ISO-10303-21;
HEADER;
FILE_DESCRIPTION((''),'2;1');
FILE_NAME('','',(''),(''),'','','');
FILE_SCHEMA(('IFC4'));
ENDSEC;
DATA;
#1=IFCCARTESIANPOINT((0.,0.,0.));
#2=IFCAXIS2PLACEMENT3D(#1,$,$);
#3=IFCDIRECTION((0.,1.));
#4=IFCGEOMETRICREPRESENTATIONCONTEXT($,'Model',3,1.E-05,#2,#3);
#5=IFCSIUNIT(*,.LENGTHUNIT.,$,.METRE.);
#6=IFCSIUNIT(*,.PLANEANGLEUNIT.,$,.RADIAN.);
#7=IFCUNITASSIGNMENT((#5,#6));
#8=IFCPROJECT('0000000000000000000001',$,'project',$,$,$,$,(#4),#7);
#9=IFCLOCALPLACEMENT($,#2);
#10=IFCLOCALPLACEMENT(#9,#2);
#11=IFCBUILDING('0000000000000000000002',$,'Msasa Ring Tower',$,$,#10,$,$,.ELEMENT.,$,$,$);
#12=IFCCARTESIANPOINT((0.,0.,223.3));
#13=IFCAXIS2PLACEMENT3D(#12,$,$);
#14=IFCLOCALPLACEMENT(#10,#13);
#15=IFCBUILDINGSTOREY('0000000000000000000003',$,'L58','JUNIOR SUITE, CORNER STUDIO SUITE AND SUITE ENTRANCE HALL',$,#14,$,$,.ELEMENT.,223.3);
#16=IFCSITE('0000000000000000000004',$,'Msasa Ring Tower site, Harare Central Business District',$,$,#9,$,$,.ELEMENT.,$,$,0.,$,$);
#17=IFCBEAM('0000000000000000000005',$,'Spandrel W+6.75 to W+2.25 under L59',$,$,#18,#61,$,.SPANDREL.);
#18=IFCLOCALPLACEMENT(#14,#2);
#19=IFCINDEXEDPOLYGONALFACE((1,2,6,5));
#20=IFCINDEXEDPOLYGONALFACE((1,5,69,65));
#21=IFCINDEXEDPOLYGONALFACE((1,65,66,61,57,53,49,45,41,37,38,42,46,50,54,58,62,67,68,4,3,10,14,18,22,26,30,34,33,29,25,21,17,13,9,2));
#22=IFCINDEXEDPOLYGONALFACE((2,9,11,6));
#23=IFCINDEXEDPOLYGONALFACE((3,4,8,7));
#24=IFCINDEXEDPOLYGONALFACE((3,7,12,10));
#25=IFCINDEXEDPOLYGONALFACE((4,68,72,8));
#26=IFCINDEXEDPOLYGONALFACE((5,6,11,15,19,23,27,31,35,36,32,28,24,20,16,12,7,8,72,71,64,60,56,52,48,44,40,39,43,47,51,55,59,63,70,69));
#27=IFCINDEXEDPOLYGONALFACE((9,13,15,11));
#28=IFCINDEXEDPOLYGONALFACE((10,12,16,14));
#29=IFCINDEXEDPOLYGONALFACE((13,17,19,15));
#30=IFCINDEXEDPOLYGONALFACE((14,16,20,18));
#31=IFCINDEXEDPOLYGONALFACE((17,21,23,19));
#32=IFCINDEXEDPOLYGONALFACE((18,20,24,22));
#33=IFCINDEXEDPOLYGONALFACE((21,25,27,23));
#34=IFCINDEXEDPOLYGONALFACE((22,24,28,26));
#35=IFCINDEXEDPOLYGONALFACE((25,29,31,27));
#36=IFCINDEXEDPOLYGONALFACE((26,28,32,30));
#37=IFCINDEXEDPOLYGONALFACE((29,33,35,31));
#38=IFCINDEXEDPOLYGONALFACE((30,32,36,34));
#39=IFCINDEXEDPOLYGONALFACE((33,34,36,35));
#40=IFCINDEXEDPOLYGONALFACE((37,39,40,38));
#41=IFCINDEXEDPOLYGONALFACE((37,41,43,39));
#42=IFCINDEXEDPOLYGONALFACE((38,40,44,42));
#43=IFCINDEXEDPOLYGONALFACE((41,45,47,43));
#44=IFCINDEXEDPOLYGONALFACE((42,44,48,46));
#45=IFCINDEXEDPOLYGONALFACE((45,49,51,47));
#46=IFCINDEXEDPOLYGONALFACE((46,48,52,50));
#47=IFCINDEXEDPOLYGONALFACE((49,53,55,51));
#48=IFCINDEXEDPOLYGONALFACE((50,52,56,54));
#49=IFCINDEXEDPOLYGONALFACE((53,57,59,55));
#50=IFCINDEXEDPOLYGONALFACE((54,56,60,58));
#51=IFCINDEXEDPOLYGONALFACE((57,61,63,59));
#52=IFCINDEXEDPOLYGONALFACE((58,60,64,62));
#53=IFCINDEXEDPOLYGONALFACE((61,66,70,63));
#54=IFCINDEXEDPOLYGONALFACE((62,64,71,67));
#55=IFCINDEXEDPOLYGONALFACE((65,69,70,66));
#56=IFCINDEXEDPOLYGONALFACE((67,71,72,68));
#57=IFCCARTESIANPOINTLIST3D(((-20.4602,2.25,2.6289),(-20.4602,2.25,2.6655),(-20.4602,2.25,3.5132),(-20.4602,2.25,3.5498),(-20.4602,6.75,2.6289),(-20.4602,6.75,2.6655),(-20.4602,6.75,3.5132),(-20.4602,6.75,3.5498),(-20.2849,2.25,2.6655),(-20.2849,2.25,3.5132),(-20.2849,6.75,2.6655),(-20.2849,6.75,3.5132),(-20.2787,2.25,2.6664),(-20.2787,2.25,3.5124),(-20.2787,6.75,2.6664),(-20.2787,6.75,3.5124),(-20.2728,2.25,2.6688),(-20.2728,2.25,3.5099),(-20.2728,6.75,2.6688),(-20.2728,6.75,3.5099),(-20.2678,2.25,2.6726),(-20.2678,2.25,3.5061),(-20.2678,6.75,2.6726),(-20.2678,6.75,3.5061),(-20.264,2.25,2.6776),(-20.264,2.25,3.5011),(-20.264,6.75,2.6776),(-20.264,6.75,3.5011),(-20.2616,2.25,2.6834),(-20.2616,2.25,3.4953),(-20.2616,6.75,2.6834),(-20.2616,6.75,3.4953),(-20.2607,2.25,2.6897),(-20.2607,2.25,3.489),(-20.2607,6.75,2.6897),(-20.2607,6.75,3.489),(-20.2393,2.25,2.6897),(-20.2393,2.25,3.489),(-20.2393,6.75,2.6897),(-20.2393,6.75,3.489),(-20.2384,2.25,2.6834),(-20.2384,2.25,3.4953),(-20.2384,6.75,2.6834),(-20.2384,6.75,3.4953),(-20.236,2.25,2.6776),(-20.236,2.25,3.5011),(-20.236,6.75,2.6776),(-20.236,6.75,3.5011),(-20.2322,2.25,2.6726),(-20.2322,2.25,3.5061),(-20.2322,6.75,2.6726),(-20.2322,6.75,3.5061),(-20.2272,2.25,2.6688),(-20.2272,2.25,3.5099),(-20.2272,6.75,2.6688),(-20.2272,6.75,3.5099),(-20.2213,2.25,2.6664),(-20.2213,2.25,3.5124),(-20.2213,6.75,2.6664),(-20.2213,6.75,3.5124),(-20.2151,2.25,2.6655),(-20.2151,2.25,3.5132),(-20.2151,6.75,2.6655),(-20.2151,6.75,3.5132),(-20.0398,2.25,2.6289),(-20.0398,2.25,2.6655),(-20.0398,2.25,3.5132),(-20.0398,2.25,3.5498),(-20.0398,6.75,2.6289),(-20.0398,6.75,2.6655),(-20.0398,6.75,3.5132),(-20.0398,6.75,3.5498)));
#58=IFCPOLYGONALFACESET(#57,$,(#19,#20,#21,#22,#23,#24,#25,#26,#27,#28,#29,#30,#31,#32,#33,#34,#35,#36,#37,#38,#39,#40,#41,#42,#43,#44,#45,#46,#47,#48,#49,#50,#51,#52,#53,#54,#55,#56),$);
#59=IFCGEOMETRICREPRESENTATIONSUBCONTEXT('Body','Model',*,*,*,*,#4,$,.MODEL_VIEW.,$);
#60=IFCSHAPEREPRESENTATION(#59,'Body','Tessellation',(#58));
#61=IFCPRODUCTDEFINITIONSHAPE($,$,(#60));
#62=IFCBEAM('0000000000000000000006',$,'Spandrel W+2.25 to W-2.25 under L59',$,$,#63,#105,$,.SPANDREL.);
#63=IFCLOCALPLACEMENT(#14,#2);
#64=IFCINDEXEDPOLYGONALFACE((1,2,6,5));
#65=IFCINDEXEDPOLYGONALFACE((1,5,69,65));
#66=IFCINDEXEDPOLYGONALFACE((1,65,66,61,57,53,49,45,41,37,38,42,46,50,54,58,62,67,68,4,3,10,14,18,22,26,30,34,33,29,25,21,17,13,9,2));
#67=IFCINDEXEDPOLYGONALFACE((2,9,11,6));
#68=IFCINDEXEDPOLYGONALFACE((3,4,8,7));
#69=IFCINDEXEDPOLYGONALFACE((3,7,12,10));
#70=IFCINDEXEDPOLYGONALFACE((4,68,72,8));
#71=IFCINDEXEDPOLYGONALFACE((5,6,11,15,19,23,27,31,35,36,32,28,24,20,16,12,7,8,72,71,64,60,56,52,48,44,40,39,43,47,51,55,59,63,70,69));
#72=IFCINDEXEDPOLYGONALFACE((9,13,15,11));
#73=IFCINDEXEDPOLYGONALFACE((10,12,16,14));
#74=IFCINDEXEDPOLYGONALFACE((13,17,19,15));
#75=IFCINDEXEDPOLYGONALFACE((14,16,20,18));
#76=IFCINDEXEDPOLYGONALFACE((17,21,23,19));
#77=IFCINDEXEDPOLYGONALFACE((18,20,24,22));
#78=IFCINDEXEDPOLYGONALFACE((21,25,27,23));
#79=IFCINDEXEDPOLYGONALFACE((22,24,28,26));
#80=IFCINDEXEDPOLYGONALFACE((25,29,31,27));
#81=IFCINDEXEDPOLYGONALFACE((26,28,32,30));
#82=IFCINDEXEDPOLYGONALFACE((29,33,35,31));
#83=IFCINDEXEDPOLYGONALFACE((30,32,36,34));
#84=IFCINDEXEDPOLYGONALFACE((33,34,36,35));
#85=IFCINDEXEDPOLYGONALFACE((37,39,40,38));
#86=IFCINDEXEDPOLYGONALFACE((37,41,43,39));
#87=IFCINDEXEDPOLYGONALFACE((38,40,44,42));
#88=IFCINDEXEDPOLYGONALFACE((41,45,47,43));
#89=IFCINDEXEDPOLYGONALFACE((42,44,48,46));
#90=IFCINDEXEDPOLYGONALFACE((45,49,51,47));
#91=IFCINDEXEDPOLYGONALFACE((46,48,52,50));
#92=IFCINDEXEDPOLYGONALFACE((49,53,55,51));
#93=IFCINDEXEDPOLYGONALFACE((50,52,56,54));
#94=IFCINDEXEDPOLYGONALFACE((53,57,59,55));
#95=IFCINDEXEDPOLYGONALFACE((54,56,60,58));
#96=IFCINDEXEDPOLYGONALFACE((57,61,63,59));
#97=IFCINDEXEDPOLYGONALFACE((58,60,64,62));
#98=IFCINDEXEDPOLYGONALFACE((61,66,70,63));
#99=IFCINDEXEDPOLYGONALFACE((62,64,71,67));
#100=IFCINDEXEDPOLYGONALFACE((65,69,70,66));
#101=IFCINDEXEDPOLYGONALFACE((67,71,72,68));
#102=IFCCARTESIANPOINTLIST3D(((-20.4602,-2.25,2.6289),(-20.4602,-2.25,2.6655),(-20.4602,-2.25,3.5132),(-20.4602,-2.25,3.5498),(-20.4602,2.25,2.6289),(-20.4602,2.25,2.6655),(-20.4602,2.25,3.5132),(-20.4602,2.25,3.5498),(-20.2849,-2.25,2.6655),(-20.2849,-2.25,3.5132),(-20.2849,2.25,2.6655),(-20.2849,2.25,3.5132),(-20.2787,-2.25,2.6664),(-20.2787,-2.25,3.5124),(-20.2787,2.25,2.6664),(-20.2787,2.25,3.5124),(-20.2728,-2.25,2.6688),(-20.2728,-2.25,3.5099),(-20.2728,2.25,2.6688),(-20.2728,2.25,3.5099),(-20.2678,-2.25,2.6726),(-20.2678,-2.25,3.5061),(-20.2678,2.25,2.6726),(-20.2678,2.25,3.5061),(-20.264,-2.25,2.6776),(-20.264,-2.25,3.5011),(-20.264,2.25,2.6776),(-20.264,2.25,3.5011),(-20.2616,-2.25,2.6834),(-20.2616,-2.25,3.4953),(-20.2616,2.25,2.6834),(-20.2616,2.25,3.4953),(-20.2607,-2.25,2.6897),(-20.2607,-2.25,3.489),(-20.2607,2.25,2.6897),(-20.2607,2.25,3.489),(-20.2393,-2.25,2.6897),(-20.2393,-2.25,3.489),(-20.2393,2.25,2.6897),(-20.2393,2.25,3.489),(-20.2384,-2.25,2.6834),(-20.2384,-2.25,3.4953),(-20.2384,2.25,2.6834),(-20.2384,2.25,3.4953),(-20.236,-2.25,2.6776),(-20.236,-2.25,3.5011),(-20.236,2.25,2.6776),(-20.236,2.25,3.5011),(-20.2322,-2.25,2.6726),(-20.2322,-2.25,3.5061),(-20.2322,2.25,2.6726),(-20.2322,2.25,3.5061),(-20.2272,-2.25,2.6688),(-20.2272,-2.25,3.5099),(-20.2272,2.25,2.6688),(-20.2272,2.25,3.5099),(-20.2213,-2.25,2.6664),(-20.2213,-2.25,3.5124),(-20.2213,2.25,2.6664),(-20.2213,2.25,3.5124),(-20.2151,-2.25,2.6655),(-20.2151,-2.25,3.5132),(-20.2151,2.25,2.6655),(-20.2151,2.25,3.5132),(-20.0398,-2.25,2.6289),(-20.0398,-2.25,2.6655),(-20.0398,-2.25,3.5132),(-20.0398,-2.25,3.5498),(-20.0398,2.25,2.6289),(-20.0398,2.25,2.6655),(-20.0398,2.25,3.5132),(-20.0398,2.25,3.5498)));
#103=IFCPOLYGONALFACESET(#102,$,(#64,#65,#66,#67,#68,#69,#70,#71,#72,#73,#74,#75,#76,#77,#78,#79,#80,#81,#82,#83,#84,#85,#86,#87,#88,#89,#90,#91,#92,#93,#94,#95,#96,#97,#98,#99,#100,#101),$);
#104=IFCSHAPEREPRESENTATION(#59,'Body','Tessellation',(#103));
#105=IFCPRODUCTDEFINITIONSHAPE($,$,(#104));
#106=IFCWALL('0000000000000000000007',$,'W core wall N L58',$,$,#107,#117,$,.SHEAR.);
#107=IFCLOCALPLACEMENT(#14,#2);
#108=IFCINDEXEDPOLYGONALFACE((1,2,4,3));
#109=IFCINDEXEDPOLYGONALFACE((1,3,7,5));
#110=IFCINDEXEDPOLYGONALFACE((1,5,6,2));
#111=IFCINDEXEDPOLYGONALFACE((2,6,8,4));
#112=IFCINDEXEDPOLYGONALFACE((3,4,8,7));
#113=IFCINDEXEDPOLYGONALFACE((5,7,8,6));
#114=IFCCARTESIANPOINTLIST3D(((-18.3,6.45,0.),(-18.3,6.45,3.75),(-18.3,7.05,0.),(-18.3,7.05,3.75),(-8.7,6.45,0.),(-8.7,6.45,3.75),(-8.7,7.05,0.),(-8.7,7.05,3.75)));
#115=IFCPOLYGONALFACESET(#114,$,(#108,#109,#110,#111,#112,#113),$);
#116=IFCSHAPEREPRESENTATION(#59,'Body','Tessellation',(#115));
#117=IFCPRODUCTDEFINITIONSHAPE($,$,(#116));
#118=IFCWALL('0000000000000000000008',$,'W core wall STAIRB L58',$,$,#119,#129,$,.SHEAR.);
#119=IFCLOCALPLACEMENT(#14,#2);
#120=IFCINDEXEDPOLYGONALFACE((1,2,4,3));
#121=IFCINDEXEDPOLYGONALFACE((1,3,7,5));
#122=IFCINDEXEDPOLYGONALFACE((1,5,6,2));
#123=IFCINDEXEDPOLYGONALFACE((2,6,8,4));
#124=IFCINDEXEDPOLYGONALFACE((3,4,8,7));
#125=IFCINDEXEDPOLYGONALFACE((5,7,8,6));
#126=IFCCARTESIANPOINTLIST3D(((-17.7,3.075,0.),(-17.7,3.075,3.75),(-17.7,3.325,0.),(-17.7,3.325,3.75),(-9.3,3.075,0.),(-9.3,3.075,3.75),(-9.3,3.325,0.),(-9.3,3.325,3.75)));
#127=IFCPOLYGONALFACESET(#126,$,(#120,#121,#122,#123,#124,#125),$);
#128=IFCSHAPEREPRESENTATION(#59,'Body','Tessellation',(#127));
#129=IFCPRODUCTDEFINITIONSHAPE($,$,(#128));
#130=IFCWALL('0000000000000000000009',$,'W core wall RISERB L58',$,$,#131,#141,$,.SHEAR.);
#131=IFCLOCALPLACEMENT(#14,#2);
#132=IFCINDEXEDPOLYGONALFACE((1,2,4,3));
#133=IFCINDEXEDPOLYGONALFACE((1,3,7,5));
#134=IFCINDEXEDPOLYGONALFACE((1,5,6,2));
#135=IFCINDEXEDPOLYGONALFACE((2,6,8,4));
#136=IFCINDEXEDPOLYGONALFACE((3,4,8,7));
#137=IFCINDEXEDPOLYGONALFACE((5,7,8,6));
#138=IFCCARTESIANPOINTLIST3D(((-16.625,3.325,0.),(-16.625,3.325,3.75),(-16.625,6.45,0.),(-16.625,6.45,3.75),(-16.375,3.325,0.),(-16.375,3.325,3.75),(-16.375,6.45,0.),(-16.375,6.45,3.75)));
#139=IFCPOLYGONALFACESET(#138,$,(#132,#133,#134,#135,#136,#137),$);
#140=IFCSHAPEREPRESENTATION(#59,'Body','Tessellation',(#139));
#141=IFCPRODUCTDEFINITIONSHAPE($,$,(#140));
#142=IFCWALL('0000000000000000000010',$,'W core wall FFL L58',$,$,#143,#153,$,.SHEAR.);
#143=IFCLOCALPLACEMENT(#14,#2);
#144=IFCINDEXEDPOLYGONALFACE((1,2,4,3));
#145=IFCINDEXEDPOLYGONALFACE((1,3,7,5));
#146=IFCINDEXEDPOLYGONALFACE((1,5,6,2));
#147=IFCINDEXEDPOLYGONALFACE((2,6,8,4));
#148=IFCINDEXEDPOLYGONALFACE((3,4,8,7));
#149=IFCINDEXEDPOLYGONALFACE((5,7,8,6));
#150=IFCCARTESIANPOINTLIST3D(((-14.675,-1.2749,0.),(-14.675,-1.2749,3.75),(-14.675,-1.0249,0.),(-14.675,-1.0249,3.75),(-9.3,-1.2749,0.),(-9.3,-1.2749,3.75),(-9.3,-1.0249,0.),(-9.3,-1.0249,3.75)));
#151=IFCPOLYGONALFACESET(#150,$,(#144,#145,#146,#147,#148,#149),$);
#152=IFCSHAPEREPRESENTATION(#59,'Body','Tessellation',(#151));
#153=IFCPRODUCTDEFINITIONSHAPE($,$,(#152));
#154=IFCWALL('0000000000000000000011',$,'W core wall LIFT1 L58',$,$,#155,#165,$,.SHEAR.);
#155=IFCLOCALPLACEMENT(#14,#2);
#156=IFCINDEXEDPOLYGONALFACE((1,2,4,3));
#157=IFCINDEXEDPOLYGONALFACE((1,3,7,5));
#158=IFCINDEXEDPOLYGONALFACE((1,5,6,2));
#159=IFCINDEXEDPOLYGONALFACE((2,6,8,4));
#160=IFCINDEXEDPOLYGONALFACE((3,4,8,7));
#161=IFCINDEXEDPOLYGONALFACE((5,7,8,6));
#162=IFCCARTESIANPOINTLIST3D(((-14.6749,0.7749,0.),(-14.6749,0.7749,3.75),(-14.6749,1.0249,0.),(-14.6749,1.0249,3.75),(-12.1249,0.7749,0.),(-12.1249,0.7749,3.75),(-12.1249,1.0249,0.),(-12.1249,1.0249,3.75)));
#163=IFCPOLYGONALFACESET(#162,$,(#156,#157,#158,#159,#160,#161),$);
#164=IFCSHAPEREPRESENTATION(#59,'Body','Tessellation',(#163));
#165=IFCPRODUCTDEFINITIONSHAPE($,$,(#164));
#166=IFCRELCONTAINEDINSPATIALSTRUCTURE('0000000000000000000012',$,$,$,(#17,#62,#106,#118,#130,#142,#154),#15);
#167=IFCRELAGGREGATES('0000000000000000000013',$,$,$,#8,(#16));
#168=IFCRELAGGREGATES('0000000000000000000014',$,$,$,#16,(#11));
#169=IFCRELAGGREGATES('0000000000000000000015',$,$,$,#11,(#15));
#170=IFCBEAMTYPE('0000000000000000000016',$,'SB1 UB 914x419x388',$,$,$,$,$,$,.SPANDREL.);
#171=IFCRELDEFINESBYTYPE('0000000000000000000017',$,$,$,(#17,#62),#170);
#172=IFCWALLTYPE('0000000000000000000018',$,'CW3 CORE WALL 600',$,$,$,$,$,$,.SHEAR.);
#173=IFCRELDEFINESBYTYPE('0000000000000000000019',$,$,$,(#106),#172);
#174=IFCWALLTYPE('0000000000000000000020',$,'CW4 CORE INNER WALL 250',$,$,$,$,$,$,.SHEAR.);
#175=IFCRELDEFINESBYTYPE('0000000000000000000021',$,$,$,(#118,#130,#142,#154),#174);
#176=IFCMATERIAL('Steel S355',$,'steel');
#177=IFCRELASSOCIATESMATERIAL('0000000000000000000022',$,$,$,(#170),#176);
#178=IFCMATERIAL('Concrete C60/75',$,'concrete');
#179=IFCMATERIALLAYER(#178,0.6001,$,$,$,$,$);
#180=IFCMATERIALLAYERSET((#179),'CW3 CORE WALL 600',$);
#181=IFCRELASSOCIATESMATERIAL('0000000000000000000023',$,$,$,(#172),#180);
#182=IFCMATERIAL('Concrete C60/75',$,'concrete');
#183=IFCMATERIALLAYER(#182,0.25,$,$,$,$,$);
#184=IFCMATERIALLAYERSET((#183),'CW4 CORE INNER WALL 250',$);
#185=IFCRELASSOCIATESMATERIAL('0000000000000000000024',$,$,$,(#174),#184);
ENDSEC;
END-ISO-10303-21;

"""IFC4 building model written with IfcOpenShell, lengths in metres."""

from ifc_helpers import new_model, si_unit, direction, frame, frame_2d, origin, origin_2d, place, context, subcontext, project, spatial, rectangle, i_section, extrude, material, layer, layer_set, material_profile, profile_set, type_object, element, save


model = new_model("IFC4")

# Units and contexts
model_context = context("Model", 3, precision=1e-05, world=origin(), true_north=direction((0.0, 1.0)))
body_context = subcontext(model_context, "Body", "Model", "MODEL_VIEW")
ifc_project = project(units=[si_unit("LENGTHUNIT", "METRE"), si_unit("PLANEANGLEUNIT", "RADIAN")], contexts=[model_context])

# Site, building, storey
site_placement = place(None, origin())
site = spatial("IfcSite", under=ifc_project, at=site_placement, Name="Msasa Ring Tower site, Harare Central Business District", CompositionType="ELEMENT", RefElevation=0.0)
building_placement = place(site_placement, origin())
building = spatial("IfcBuilding", under=site, at=building_placement, Name="Msasa Ring Tower", CompositionType="ELEMENT")
storey_placement = place(building_placement, frame((0.0, 0.0, 223.3)))
storey = spatial("IfcBuildingStorey", under=building, at=storey_placement, Name="L58", Description="JUNIOR SUITE, CORNER STUDIO SUITE AND SUITE ENTRANCE HALL", CompositionType="ELEMENT", Elevation=223.3)

# Beams
ifc_material_1 = material(Name="Steel S355", Category="steel")
ifc_material_profile_1 = material_profile(ifc_material_1, i_section(OverallWidth=0.4204, OverallDepth=0.9209, WebThickness=0.0215, FlangeThickness=0.0366, FilletRadius=0.0242, at=origin_2d()), Name="UB 914x419x388")
ifc_profile_set_1 = profile_set([ifc_material_profile_1], Name="Steel S355")
beam_type_1 = type_object("IfcBeamType", Name="SB1 UB 914x419x388", PredefinedType="SPANDREL", material=ifc_profile_set_1)
for number, where, z_axis, x_axis, name in (
    (1, (-20.25, 6.75, 3.0894), (0.0, -1.0, 0.0), (1.0, 0.0, 0.0), "Spandrel W+6.75 to W+2.25 under L59"),
    (2, (-20.25, 2.25, 3.0894), (0.0, -1.0, 0.0), (1.0, 0.0, 0.0), "Spandrel W+2.25 to W-2.25 under L59"),
):
    element("IfcBeam", number, at=place(storey_placement, frame(where, z_axis=z_axis, x_axis=x_axis)), inside=storey, type_object=beam_type_1, Name=name, PredefinedType="SPANDREL", context=body_context, shape_type="SweptSolid", body=[
        extrude(i_section(OverallWidth=0.4204, OverallDepth=0.9209, WebThickness=0.0215, FlangeThickness=0.0366, FilletRadius=0.0242, at=origin_2d()), origin(), (0.0, 0.0, 1.0), 4.5),
    ])

# Walls
ifc_material_2 = material(Name="Concrete C60/75", Category="concrete")
ifc_layer_1 = layer(ifc_material_2, 0.6001)
ifc_layer_set_1 = layer_set([ifc_layer_1], Name="CW3 CORE WALL 600")
wall_type_1 = type_object("IfcWallType", Name="CW3 CORE WALL 600", PredefinedType="SHEAR", material=ifc_layer_set_1)
wall_1_placement = place(storey_placement, frame((-8.7, 6.75, 0.0), z_axis=(0.0, 0.0, 1.0), x_axis=(-1.0, 0.0, 0.0)))
element("IfcWall", 3, at=wall_1_placement, inside=storey, type_object=wall_type_1, Name="W core wall N L58", PredefinedType="SHEAR", context=body_context, shape_type="SweptSolid", body=[
    extrude(rectangle(XDim=9.6001, YDim=0.6001, at=frame_2d((4.8, 0.0))), origin(), (0.0, 0.0, 1.0), 3.75),
])
ifc_material_3 = material(Name="Concrete C60/75", Category="concrete")
ifc_layer_2 = layer(ifc_material_3, 0.25)
ifc_layer_set_2 = layer_set([ifc_layer_2], Name="CW4 CORE INNER WALL 250")
wall_type_2 = type_object("IfcWallType", Name="CW4 CORE INNER WALL 250", PredefinedType="SHEAR", material=ifc_layer_set_2)
wall_2_placement = place(storey_placement, frame((-9.3, 3.2, 0.0), z_axis=(0.0, 0.0, 1.0), x_axis=(-1.0, 0.0, 0.0)))
element("IfcWall", 4, at=wall_2_placement, inside=storey, type_object=wall_type_2, Name="W core wall STAIRB L58", PredefinedType="SHEAR", context=body_context, shape_type="SweptSolid", body=[
    extrude(rectangle(XDim=8.3999, YDim=0.25, at=frame_2d((4.2, 0.0))), origin(), (0.0, 0.0, 1.0), 3.75),
])
wall_3_placement = place(storey_placement, frame((-16.5, 3.325, 0.0), z_axis=(0.0, 0.0, 1.0), x_axis=(0.0, 1.0, 0.0)))
element("IfcWall", 5, at=wall_3_placement, inside=storey, type_object=wall_type_2, Name="W core wall RISERB L58", PredefinedType="SHEAR", context=body_context, shape_type="SweptSolid", body=[
    extrude(rectangle(XDim=3.125, YDim=0.25, at=frame_2d((1.5625, 0.0))), origin(), (0.0, 0.0, 1.0), 3.75),
])
wall_4_placement = place(storey_placement, frame((-9.3, -1.1499, 0.0), z_axis=(0.0, 0.0, 1.0), x_axis=(-1.0, 0.0, 0.0)))
element("IfcWall", 6, at=wall_4_placement, inside=storey, type_object=wall_type_2, Name="W core wall FFL L58", PredefinedType="SHEAR", context=body_context, shape_type="SweptSolid", body=[
    extrude(rectangle(XDim=5.375, YDim=0.25, at=frame_2d((2.6875, 0.0))), origin(), (0.0, 0.0, 1.0), 3.75),
])
wall_5_placement = place(storey_placement, frame((-12.125, 0.8999, 0.0), z_axis=(0.0, 0.0, 1.0), x_axis=(-1.0, 0.0, 0.0)))
element("IfcWall", 7, at=wall_5_placement, inside=storey, type_object=wall_type_2, Name="W core wall LIFT1 L58", PredefinedType="SHEAR", context=body_context, shape_type="SweptSolid", body=[
    extrude(rectangle(XDim=2.55, YDim=0.25, at=frame_2d((1.2749, 0.0))), origin(), (0.0, 0.0, 1.0), 3.75),
])

save(model, "model.ifc")
